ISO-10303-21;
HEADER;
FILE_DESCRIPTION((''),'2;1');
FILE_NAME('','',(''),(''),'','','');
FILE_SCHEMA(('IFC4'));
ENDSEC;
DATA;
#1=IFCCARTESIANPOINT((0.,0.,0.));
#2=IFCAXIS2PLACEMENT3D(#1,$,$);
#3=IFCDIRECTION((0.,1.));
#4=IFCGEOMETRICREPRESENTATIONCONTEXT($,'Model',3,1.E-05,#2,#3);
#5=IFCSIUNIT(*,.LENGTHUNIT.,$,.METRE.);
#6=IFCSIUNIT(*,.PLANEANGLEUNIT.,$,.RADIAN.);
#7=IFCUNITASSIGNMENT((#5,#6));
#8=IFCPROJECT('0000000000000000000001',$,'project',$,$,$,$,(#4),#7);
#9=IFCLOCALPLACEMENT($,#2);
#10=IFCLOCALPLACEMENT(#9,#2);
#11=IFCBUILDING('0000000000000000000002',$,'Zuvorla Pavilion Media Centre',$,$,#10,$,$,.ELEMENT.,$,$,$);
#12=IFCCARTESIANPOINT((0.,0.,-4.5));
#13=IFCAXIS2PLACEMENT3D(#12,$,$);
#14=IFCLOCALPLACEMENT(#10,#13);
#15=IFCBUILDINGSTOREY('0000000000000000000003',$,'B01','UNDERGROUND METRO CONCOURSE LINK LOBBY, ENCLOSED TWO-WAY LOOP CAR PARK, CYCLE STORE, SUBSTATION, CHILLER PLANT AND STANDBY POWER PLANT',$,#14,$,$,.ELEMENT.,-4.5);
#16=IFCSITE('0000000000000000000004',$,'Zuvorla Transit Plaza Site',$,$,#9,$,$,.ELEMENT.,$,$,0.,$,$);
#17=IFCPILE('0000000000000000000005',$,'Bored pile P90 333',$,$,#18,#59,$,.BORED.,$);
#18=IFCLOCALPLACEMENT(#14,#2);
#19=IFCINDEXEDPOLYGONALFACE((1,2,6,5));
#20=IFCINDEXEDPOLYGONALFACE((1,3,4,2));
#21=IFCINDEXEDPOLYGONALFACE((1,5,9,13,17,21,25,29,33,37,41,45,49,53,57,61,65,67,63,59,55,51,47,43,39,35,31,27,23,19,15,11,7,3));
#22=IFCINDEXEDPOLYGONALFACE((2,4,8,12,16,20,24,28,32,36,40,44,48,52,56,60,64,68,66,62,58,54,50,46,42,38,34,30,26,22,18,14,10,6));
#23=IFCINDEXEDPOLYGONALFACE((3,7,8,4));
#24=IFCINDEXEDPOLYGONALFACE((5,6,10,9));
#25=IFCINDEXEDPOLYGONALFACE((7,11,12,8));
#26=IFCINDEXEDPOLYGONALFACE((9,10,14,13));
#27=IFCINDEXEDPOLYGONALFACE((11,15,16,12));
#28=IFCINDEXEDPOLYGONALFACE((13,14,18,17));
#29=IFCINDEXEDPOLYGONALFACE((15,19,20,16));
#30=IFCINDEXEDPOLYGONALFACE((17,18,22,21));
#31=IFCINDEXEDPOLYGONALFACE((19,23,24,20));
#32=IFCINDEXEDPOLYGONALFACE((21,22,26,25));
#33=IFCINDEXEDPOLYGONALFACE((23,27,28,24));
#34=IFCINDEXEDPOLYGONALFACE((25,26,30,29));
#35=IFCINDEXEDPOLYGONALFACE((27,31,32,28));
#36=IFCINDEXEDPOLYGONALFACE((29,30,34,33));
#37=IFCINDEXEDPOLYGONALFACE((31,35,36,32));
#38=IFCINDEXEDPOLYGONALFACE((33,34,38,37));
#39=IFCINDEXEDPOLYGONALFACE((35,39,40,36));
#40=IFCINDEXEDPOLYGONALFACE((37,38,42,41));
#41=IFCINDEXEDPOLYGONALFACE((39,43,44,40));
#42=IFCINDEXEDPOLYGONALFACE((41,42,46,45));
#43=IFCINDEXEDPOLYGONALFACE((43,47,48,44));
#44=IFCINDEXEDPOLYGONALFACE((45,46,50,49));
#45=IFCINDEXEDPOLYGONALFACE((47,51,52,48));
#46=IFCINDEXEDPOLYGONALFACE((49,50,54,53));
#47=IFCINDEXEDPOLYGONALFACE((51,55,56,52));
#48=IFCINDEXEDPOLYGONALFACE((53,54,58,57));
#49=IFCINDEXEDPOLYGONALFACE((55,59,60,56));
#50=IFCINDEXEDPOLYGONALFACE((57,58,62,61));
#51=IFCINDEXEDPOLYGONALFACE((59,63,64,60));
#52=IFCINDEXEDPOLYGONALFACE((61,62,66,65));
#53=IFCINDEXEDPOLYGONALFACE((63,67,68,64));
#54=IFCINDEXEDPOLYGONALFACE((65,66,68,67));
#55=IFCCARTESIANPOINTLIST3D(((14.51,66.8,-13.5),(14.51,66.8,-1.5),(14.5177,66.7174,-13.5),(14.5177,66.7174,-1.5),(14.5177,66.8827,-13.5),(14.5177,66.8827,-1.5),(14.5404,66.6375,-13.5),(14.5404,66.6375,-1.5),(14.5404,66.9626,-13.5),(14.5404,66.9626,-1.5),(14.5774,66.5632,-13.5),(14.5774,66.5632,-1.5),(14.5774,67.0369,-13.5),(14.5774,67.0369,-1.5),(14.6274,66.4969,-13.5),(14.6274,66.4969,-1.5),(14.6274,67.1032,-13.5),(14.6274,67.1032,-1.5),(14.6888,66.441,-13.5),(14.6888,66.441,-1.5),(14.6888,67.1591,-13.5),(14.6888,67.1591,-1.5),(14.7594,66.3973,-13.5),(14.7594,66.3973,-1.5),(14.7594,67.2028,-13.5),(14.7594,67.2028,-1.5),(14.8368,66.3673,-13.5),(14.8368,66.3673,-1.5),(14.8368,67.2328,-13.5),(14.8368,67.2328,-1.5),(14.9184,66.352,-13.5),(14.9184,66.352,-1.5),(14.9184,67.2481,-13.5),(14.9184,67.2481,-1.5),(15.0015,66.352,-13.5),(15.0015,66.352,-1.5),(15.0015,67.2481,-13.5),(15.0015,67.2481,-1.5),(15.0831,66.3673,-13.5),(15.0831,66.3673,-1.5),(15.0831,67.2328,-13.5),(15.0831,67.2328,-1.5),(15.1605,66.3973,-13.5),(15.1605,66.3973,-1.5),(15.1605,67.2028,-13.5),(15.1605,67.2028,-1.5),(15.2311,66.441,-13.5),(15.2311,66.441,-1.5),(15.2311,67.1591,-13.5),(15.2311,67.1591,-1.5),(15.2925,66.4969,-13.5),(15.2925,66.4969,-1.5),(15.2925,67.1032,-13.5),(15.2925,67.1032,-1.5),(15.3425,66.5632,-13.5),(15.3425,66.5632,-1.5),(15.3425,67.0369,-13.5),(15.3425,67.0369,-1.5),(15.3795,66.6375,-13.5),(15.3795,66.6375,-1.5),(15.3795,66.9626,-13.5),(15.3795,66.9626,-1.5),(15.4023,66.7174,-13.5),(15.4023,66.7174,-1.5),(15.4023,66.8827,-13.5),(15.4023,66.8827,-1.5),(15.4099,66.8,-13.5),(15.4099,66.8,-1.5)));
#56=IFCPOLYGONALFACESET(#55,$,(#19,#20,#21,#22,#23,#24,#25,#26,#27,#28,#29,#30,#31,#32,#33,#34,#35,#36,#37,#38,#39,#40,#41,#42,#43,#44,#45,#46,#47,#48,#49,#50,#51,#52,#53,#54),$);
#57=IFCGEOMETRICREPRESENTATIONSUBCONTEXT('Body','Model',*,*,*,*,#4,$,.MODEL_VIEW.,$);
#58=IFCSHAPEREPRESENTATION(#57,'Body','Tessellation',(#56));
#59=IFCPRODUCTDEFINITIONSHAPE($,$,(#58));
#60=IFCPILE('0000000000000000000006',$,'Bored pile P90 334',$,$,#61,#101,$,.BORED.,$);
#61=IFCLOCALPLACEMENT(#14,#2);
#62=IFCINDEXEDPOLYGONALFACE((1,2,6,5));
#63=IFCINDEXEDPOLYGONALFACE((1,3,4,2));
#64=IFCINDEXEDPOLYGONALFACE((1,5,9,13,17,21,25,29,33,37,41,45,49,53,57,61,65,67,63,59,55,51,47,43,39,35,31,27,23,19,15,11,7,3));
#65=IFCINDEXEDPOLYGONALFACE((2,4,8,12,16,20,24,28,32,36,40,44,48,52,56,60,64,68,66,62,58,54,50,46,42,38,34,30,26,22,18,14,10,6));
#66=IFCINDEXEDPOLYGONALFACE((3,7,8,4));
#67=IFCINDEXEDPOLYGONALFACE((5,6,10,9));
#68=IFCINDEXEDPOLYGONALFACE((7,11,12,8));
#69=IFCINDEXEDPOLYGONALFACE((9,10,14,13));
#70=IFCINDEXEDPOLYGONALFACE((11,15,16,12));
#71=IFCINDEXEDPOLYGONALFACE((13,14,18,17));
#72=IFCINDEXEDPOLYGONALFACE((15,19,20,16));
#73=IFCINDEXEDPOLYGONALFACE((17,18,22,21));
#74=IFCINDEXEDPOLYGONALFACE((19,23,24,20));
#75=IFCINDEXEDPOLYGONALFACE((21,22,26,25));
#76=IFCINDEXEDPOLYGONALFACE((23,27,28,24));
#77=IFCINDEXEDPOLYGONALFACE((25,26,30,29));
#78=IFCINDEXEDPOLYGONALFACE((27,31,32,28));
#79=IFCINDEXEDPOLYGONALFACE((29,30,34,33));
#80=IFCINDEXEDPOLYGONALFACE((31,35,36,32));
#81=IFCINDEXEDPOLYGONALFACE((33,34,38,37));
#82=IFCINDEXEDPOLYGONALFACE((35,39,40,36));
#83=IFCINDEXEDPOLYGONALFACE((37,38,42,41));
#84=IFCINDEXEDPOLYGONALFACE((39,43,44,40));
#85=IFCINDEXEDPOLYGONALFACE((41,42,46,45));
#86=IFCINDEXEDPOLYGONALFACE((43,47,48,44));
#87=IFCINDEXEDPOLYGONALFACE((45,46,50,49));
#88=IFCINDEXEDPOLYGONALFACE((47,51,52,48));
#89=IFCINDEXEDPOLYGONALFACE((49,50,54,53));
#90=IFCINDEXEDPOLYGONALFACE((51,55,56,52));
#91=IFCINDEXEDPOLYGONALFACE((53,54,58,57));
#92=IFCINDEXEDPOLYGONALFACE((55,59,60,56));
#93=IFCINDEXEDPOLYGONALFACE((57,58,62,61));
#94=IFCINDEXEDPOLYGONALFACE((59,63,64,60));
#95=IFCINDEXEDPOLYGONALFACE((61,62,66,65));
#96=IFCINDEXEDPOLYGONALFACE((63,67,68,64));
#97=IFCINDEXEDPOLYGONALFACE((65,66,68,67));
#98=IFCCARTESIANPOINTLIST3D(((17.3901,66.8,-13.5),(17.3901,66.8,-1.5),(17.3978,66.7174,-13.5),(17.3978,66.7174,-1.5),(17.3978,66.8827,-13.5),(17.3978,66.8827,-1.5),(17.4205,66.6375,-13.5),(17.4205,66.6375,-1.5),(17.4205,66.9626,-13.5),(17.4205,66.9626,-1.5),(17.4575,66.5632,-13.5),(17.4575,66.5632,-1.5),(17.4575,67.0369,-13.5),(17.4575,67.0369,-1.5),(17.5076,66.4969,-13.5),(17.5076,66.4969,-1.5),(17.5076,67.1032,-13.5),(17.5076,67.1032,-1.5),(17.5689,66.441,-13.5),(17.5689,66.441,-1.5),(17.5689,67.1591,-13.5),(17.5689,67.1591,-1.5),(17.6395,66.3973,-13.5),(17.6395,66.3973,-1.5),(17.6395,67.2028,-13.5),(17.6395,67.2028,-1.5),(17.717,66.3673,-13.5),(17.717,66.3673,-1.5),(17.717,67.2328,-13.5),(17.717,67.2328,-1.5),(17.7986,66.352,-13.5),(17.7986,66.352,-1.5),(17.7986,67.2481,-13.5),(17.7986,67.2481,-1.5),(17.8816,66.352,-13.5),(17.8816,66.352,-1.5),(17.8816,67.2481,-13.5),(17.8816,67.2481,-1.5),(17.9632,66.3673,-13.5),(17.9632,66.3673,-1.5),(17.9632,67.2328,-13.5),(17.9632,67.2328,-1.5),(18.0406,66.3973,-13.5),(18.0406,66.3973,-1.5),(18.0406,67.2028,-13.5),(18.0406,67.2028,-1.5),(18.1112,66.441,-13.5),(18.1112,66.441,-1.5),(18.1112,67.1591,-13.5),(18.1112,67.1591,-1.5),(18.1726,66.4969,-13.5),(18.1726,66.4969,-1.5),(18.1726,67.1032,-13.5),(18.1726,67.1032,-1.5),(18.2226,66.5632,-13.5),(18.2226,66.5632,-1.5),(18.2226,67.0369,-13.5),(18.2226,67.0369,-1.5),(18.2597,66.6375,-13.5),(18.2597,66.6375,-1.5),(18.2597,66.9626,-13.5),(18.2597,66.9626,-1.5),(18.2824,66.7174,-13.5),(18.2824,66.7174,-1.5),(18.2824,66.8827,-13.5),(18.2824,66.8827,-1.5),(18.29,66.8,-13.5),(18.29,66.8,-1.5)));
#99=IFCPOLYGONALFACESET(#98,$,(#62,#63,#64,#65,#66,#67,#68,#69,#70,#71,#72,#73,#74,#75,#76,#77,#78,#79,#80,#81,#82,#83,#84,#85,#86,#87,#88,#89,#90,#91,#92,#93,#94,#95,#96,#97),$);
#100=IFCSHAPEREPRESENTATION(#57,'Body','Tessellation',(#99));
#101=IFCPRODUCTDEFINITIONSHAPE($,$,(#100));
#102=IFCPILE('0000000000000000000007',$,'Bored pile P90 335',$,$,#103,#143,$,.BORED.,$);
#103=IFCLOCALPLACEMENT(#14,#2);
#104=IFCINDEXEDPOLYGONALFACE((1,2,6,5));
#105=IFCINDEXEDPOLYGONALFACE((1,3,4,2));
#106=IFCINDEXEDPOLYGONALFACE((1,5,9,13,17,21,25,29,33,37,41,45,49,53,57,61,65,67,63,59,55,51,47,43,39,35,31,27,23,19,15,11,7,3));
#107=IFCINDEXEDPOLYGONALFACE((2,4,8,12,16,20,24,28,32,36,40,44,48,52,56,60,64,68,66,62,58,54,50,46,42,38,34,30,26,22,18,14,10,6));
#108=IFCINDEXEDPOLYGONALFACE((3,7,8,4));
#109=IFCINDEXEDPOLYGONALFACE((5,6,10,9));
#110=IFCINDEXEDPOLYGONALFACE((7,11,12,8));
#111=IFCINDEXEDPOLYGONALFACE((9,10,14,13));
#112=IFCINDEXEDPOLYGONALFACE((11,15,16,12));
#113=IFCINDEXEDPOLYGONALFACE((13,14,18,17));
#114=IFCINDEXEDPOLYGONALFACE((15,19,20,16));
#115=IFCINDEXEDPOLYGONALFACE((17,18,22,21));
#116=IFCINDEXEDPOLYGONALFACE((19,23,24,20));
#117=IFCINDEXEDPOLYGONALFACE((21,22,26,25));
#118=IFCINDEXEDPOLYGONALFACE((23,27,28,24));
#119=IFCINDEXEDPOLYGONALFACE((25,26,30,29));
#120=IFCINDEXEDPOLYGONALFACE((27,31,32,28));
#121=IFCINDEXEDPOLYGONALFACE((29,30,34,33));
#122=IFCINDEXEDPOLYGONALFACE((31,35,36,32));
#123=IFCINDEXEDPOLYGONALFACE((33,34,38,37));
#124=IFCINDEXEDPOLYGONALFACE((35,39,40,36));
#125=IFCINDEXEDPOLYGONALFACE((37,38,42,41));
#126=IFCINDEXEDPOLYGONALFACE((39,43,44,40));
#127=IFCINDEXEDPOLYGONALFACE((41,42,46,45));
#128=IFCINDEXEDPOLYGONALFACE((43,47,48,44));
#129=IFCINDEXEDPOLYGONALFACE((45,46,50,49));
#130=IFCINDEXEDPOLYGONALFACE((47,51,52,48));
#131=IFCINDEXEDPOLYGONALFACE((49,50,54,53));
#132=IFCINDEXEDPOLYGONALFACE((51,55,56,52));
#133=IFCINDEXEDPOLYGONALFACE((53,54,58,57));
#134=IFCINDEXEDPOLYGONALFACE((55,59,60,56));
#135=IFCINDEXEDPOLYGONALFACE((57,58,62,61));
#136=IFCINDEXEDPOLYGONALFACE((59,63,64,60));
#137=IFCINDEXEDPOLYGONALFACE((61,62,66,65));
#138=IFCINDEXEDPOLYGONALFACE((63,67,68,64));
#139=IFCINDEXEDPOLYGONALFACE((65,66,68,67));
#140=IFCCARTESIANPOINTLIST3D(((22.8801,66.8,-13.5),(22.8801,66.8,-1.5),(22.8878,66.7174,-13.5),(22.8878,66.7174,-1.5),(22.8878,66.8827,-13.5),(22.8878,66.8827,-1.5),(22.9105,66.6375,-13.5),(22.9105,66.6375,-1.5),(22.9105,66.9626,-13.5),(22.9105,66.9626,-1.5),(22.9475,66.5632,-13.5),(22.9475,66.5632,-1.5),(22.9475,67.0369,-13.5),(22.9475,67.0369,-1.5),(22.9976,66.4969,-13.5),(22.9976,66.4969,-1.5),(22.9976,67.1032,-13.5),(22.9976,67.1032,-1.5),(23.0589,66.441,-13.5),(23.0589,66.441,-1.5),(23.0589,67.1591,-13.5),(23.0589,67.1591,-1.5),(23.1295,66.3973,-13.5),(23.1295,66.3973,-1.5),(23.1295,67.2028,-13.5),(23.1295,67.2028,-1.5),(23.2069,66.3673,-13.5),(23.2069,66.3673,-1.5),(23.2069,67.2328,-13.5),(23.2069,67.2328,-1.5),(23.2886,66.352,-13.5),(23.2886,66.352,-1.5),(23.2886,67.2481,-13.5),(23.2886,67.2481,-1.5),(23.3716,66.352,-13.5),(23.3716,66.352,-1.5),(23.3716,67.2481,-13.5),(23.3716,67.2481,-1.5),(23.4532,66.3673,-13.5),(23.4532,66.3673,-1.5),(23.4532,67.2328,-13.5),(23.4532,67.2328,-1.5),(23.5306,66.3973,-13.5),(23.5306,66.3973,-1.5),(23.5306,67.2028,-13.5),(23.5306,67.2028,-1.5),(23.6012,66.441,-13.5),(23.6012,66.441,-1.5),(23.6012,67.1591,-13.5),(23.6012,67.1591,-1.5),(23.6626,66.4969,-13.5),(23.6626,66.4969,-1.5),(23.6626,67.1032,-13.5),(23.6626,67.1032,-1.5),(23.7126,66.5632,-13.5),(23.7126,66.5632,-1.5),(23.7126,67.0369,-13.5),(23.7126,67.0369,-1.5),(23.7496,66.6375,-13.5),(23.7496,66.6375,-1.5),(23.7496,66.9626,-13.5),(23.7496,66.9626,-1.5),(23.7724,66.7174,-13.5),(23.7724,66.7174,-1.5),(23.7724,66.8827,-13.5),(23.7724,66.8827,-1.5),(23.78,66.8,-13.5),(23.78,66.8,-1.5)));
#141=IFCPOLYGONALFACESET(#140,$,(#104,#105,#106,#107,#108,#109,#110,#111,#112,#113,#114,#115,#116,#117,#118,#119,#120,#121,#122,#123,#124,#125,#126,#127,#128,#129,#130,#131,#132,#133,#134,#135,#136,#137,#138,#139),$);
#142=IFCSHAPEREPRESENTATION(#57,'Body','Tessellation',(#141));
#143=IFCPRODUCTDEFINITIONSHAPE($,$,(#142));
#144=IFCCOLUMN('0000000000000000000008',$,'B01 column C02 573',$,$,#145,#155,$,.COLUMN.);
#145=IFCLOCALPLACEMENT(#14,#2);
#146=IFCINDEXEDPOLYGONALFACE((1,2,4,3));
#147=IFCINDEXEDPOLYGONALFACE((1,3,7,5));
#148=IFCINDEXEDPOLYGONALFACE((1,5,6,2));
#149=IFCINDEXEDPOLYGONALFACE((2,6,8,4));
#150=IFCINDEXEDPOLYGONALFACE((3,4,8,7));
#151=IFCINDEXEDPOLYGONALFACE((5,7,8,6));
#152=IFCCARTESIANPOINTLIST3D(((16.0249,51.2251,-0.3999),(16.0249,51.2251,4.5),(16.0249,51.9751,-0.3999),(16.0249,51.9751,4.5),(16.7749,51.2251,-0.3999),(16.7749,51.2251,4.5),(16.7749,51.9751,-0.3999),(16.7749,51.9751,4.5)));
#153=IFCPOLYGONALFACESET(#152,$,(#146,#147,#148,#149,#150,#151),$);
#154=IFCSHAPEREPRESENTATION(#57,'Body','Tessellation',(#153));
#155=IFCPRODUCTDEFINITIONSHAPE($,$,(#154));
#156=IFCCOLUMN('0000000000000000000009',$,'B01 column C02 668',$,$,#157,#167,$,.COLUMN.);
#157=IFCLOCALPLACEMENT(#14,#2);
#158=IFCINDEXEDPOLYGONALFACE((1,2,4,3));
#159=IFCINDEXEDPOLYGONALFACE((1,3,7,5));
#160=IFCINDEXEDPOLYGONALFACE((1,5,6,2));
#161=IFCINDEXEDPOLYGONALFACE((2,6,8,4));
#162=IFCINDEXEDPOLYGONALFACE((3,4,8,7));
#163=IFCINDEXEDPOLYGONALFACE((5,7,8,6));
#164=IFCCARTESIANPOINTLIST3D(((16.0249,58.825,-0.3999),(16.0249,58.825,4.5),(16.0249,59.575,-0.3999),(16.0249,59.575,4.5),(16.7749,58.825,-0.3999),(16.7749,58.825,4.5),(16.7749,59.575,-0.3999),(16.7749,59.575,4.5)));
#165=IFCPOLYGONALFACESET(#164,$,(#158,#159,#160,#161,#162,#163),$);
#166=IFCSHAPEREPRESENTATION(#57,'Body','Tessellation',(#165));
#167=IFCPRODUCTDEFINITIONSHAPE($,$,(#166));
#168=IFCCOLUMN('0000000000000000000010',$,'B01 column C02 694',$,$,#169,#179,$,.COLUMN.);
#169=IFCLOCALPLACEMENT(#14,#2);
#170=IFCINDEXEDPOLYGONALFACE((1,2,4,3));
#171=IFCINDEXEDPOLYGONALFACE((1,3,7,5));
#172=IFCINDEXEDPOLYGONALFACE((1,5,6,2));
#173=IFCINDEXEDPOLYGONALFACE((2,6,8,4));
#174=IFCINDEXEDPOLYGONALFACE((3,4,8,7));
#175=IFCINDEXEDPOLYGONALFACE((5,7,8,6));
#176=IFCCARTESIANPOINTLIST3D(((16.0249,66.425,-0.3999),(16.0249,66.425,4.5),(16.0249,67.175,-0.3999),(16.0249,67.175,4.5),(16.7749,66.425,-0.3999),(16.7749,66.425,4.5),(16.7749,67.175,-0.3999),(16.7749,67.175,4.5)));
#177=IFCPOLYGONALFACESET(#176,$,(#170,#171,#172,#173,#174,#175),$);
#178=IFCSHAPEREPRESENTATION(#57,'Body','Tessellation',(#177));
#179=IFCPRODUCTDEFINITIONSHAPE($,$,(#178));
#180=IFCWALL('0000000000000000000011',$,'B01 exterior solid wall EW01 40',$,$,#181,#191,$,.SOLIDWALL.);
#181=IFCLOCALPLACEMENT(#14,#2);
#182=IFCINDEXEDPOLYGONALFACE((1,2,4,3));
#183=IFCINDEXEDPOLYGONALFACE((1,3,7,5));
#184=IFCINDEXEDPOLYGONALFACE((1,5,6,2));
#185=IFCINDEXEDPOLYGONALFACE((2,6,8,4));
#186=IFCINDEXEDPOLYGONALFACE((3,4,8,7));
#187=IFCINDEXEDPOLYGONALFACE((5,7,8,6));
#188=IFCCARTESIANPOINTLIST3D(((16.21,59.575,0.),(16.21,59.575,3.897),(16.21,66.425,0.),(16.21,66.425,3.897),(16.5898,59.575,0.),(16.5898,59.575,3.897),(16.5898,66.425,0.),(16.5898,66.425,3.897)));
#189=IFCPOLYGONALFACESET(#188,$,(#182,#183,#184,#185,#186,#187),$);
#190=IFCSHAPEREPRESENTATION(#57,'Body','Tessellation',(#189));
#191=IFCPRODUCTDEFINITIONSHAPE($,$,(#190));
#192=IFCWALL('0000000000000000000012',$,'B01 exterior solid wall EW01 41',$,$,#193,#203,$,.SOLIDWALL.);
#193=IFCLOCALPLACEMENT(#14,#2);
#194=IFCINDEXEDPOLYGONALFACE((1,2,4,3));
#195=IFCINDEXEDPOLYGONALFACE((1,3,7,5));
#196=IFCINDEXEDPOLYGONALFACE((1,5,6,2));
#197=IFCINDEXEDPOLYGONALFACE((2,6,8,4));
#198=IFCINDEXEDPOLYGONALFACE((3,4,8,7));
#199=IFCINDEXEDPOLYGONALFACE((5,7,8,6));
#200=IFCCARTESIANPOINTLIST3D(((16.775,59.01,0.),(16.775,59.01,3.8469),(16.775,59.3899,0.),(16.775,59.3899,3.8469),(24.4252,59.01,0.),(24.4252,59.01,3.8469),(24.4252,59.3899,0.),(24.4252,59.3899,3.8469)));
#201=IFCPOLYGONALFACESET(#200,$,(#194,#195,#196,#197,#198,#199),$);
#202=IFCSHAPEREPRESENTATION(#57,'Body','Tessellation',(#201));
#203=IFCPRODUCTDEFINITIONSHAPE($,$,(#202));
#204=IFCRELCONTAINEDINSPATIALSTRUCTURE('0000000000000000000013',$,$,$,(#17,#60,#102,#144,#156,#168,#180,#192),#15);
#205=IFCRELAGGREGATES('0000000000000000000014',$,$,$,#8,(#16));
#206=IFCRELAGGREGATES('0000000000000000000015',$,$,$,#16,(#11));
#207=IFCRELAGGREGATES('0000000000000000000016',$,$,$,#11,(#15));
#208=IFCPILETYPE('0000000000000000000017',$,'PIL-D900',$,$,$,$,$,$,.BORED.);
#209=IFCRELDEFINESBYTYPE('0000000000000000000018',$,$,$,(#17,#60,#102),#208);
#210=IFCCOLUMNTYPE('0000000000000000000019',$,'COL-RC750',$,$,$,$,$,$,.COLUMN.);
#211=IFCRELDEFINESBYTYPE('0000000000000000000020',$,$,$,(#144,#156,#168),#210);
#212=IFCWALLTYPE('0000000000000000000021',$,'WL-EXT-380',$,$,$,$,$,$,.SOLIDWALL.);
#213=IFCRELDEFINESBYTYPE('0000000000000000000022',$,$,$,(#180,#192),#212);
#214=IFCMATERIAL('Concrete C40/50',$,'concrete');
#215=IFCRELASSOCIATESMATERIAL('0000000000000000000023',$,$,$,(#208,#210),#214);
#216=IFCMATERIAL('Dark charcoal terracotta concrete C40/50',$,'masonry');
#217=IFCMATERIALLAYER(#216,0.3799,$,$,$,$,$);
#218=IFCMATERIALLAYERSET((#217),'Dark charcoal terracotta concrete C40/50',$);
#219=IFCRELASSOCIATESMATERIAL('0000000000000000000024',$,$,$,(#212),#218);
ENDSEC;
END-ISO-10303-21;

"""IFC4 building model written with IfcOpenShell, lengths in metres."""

from ifc_helpers import new_model, si_unit, direction, frame, frame_2d, origin, origin_2d, place, context, subcontext, project, spatial, rectangle, circle, extrude, material, layer, layer_set, material_profile, profile_set, type_object, element, save


model = new_model("IFC4")

# Units and contexts
model_context = context("Model", 3, precision=1e-05, world=origin(), true_north=direction((0.0, 1.0)))
body_context = subcontext(model_context, "Body", "Model", "MODEL_VIEW")
ifc_project = project(units=[si_unit("LENGTHUNIT", "METRE"), si_unit("PLANEANGLEUNIT", "RADIAN")], contexts=[model_context])

# Site, building, storey
site_placement = place(None, origin())
site = spatial("IfcSite", under=ifc_project, at=site_placement, Name="Zuvorla Transit Plaza Site", CompositionType="ELEMENT", RefElevation=0.0)
building_placement = place(site_placement, origin())
building = spatial("IfcBuilding", under=site, at=building_placement, Name="Zuvorla Pavilion Media Centre", CompositionType="ELEMENT")
storey_placement = place(building_placement, frame((0.0, 0.0, -4.5)))
storey = spatial("IfcBuildingStorey", under=building, at=storey_placement, Name="B01", Description="UNDERGROUND METRO CONCOURSE LINK LOBBY, ENCLOSED TWO-WAY LOOP CAR PARK, CYCLE STORE, SUBSTATION, CHILLER PLANT AND STANDBY POWER PLANT", CompositionType="ELEMENT", Elevation=-4.5)

# Shared definitions
ifc_material_1 = material(Name="Concrete C40/50", Category="concrete")

# Piles
ifc_material_profile_1 = material_profile(ifc_material_1, circle(Radius=0.45, at=origin_2d()), Name="BORED PILE 900")
ifc_profile_set_1 = profile_set([ifc_material_profile_1], Name="Concrete C40/50")
pile_type = type_object("IfcPileType", Name="PIL-D900", PredefinedType="BORED", material=ifc_profile_set_1)
for number, where, z_axis, x_axis, name in (
    (1, (14.96, 66.8, -1.5), (0.0, 0.0, -1.0), (1.0, 0.0, 0.0), "Bored pile P90 333"),
    (2, (17.8401, 66.8, -1.5), (0.0, 0.0, -1.0), (1.0, 0.0, 0.0), "Bored pile P90 334"),
    (3, (23.3301, 66.8, -1.5), (0.0, 0.0, -1.0), (1.0, 0.0, 0.0), "Bored pile P90 335"),
):
    element("IfcPile", number, at=place(storey_placement, frame(where, z_axis=z_axis, x_axis=x_axis)), inside=storey, type_object=pile_type, Name=name, PredefinedType="BORED", context=body_context, shape_type="SweptSolid", body=[
        extrude(circle(Radius=0.45, at=origin_2d()), origin(), (0.0, 0.0, 1.0), 12.0),
    ])

# Columns
ifc_material_profile_2 = material_profile(ifc_material_1, rectangle(XDim=0.75, YDim=0.75, at=origin_2d()), Name="RC 750x750")
ifc_profile_set_2 = profile_set([ifc_material_profile_2], Name="Concrete C40/50")
column_type = type_object("IfcColumnType", Name="COL-RC750", PredefinedType="COLUMN", material=ifc_profile_set_2)
for number, where, z_axis, x_axis, name in (
    (4, (16.3999, 51.6001, -0.3999), (0.0, 0.0, 1.0), (1.0, 0.0, 0.0), "B01 column C02 573"),
    (5, (16.3999, 59.2, -0.3999), (0.0, 0.0, 1.0), (1.0, 0.0, 0.0), "B01 column C02 668"),
    (6, (16.3999, 66.8, -0.3999), (0.0, 0.0, 1.0), (1.0, 0.0, 0.0), "B01 column C02 694"),
):
    element("IfcColumn", number, at=place(storey_placement, frame(where, z_axis=z_axis, x_axis=x_axis)), inside=storey, type_object=column_type, Name=name, PredefinedType="COLUMN", context=body_context, shape_type="SweptSolid", body=[
        extrude(rectangle(XDim=0.75, YDim=0.75, at=origin_2d()), origin(), (0.0, 0.0, 1.0), 4.8999),
    ])

# Walls
ifc_material_2 = material(Name="Dark charcoal terracotta concrete C40/50", Category="masonry")
ifc_layer = layer(ifc_material_2, 0.3799)
ifc_layer_set = layer_set([ifc_layer], Name="Dark charcoal terracotta concrete C40/50")
wall_type = type_object("IfcWallType", Name="WL-EXT-380", PredefinedType="SOLIDWALL", material=ifc_layer_set)
wall_1_placement = place(storey_placement, frame((16.3999, 66.425, 0.0), z_axis=(0.0, 0.0, 1.0), x_axis=(0.0, -1.0, 0.0)))
element("IfcWall", 7, at=wall_1_placement, inside=storey, type_object=wall_type, Name="B01 exterior solid wall EW01 40", PredefinedType="SOLIDWALL", context=body_context, shape_type="SweptSolid", body=[
    extrude(rectangle(XDim=6.8501, YDim=0.3799, at=frame_2d((3.425, 0.0))), origin(), (0.0, 0.0, 1.0), 3.897),
])
wall_2_placement = place(storey_placement, frame((16.7749, 59.2, 0.0), z_axis=(0.0, 0.0, 1.0), x_axis=(1.0, 0.0, 0.0)))
element("IfcWall", 8, at=wall_2_placement, inside=storey, type_object=wall_type, Name="B01 exterior solid wall EW01 41", PredefinedType="SOLIDWALL", context=body_context, shape_type="SweptSolid", body=[
    extrude(rectangle(XDim=7.6501, YDim=0.3799, at=frame_2d((3.8252, 0.0))), origin(), (0.0, 0.0, 1.0), 3.8469),
])

save(model, "model.ifc")
